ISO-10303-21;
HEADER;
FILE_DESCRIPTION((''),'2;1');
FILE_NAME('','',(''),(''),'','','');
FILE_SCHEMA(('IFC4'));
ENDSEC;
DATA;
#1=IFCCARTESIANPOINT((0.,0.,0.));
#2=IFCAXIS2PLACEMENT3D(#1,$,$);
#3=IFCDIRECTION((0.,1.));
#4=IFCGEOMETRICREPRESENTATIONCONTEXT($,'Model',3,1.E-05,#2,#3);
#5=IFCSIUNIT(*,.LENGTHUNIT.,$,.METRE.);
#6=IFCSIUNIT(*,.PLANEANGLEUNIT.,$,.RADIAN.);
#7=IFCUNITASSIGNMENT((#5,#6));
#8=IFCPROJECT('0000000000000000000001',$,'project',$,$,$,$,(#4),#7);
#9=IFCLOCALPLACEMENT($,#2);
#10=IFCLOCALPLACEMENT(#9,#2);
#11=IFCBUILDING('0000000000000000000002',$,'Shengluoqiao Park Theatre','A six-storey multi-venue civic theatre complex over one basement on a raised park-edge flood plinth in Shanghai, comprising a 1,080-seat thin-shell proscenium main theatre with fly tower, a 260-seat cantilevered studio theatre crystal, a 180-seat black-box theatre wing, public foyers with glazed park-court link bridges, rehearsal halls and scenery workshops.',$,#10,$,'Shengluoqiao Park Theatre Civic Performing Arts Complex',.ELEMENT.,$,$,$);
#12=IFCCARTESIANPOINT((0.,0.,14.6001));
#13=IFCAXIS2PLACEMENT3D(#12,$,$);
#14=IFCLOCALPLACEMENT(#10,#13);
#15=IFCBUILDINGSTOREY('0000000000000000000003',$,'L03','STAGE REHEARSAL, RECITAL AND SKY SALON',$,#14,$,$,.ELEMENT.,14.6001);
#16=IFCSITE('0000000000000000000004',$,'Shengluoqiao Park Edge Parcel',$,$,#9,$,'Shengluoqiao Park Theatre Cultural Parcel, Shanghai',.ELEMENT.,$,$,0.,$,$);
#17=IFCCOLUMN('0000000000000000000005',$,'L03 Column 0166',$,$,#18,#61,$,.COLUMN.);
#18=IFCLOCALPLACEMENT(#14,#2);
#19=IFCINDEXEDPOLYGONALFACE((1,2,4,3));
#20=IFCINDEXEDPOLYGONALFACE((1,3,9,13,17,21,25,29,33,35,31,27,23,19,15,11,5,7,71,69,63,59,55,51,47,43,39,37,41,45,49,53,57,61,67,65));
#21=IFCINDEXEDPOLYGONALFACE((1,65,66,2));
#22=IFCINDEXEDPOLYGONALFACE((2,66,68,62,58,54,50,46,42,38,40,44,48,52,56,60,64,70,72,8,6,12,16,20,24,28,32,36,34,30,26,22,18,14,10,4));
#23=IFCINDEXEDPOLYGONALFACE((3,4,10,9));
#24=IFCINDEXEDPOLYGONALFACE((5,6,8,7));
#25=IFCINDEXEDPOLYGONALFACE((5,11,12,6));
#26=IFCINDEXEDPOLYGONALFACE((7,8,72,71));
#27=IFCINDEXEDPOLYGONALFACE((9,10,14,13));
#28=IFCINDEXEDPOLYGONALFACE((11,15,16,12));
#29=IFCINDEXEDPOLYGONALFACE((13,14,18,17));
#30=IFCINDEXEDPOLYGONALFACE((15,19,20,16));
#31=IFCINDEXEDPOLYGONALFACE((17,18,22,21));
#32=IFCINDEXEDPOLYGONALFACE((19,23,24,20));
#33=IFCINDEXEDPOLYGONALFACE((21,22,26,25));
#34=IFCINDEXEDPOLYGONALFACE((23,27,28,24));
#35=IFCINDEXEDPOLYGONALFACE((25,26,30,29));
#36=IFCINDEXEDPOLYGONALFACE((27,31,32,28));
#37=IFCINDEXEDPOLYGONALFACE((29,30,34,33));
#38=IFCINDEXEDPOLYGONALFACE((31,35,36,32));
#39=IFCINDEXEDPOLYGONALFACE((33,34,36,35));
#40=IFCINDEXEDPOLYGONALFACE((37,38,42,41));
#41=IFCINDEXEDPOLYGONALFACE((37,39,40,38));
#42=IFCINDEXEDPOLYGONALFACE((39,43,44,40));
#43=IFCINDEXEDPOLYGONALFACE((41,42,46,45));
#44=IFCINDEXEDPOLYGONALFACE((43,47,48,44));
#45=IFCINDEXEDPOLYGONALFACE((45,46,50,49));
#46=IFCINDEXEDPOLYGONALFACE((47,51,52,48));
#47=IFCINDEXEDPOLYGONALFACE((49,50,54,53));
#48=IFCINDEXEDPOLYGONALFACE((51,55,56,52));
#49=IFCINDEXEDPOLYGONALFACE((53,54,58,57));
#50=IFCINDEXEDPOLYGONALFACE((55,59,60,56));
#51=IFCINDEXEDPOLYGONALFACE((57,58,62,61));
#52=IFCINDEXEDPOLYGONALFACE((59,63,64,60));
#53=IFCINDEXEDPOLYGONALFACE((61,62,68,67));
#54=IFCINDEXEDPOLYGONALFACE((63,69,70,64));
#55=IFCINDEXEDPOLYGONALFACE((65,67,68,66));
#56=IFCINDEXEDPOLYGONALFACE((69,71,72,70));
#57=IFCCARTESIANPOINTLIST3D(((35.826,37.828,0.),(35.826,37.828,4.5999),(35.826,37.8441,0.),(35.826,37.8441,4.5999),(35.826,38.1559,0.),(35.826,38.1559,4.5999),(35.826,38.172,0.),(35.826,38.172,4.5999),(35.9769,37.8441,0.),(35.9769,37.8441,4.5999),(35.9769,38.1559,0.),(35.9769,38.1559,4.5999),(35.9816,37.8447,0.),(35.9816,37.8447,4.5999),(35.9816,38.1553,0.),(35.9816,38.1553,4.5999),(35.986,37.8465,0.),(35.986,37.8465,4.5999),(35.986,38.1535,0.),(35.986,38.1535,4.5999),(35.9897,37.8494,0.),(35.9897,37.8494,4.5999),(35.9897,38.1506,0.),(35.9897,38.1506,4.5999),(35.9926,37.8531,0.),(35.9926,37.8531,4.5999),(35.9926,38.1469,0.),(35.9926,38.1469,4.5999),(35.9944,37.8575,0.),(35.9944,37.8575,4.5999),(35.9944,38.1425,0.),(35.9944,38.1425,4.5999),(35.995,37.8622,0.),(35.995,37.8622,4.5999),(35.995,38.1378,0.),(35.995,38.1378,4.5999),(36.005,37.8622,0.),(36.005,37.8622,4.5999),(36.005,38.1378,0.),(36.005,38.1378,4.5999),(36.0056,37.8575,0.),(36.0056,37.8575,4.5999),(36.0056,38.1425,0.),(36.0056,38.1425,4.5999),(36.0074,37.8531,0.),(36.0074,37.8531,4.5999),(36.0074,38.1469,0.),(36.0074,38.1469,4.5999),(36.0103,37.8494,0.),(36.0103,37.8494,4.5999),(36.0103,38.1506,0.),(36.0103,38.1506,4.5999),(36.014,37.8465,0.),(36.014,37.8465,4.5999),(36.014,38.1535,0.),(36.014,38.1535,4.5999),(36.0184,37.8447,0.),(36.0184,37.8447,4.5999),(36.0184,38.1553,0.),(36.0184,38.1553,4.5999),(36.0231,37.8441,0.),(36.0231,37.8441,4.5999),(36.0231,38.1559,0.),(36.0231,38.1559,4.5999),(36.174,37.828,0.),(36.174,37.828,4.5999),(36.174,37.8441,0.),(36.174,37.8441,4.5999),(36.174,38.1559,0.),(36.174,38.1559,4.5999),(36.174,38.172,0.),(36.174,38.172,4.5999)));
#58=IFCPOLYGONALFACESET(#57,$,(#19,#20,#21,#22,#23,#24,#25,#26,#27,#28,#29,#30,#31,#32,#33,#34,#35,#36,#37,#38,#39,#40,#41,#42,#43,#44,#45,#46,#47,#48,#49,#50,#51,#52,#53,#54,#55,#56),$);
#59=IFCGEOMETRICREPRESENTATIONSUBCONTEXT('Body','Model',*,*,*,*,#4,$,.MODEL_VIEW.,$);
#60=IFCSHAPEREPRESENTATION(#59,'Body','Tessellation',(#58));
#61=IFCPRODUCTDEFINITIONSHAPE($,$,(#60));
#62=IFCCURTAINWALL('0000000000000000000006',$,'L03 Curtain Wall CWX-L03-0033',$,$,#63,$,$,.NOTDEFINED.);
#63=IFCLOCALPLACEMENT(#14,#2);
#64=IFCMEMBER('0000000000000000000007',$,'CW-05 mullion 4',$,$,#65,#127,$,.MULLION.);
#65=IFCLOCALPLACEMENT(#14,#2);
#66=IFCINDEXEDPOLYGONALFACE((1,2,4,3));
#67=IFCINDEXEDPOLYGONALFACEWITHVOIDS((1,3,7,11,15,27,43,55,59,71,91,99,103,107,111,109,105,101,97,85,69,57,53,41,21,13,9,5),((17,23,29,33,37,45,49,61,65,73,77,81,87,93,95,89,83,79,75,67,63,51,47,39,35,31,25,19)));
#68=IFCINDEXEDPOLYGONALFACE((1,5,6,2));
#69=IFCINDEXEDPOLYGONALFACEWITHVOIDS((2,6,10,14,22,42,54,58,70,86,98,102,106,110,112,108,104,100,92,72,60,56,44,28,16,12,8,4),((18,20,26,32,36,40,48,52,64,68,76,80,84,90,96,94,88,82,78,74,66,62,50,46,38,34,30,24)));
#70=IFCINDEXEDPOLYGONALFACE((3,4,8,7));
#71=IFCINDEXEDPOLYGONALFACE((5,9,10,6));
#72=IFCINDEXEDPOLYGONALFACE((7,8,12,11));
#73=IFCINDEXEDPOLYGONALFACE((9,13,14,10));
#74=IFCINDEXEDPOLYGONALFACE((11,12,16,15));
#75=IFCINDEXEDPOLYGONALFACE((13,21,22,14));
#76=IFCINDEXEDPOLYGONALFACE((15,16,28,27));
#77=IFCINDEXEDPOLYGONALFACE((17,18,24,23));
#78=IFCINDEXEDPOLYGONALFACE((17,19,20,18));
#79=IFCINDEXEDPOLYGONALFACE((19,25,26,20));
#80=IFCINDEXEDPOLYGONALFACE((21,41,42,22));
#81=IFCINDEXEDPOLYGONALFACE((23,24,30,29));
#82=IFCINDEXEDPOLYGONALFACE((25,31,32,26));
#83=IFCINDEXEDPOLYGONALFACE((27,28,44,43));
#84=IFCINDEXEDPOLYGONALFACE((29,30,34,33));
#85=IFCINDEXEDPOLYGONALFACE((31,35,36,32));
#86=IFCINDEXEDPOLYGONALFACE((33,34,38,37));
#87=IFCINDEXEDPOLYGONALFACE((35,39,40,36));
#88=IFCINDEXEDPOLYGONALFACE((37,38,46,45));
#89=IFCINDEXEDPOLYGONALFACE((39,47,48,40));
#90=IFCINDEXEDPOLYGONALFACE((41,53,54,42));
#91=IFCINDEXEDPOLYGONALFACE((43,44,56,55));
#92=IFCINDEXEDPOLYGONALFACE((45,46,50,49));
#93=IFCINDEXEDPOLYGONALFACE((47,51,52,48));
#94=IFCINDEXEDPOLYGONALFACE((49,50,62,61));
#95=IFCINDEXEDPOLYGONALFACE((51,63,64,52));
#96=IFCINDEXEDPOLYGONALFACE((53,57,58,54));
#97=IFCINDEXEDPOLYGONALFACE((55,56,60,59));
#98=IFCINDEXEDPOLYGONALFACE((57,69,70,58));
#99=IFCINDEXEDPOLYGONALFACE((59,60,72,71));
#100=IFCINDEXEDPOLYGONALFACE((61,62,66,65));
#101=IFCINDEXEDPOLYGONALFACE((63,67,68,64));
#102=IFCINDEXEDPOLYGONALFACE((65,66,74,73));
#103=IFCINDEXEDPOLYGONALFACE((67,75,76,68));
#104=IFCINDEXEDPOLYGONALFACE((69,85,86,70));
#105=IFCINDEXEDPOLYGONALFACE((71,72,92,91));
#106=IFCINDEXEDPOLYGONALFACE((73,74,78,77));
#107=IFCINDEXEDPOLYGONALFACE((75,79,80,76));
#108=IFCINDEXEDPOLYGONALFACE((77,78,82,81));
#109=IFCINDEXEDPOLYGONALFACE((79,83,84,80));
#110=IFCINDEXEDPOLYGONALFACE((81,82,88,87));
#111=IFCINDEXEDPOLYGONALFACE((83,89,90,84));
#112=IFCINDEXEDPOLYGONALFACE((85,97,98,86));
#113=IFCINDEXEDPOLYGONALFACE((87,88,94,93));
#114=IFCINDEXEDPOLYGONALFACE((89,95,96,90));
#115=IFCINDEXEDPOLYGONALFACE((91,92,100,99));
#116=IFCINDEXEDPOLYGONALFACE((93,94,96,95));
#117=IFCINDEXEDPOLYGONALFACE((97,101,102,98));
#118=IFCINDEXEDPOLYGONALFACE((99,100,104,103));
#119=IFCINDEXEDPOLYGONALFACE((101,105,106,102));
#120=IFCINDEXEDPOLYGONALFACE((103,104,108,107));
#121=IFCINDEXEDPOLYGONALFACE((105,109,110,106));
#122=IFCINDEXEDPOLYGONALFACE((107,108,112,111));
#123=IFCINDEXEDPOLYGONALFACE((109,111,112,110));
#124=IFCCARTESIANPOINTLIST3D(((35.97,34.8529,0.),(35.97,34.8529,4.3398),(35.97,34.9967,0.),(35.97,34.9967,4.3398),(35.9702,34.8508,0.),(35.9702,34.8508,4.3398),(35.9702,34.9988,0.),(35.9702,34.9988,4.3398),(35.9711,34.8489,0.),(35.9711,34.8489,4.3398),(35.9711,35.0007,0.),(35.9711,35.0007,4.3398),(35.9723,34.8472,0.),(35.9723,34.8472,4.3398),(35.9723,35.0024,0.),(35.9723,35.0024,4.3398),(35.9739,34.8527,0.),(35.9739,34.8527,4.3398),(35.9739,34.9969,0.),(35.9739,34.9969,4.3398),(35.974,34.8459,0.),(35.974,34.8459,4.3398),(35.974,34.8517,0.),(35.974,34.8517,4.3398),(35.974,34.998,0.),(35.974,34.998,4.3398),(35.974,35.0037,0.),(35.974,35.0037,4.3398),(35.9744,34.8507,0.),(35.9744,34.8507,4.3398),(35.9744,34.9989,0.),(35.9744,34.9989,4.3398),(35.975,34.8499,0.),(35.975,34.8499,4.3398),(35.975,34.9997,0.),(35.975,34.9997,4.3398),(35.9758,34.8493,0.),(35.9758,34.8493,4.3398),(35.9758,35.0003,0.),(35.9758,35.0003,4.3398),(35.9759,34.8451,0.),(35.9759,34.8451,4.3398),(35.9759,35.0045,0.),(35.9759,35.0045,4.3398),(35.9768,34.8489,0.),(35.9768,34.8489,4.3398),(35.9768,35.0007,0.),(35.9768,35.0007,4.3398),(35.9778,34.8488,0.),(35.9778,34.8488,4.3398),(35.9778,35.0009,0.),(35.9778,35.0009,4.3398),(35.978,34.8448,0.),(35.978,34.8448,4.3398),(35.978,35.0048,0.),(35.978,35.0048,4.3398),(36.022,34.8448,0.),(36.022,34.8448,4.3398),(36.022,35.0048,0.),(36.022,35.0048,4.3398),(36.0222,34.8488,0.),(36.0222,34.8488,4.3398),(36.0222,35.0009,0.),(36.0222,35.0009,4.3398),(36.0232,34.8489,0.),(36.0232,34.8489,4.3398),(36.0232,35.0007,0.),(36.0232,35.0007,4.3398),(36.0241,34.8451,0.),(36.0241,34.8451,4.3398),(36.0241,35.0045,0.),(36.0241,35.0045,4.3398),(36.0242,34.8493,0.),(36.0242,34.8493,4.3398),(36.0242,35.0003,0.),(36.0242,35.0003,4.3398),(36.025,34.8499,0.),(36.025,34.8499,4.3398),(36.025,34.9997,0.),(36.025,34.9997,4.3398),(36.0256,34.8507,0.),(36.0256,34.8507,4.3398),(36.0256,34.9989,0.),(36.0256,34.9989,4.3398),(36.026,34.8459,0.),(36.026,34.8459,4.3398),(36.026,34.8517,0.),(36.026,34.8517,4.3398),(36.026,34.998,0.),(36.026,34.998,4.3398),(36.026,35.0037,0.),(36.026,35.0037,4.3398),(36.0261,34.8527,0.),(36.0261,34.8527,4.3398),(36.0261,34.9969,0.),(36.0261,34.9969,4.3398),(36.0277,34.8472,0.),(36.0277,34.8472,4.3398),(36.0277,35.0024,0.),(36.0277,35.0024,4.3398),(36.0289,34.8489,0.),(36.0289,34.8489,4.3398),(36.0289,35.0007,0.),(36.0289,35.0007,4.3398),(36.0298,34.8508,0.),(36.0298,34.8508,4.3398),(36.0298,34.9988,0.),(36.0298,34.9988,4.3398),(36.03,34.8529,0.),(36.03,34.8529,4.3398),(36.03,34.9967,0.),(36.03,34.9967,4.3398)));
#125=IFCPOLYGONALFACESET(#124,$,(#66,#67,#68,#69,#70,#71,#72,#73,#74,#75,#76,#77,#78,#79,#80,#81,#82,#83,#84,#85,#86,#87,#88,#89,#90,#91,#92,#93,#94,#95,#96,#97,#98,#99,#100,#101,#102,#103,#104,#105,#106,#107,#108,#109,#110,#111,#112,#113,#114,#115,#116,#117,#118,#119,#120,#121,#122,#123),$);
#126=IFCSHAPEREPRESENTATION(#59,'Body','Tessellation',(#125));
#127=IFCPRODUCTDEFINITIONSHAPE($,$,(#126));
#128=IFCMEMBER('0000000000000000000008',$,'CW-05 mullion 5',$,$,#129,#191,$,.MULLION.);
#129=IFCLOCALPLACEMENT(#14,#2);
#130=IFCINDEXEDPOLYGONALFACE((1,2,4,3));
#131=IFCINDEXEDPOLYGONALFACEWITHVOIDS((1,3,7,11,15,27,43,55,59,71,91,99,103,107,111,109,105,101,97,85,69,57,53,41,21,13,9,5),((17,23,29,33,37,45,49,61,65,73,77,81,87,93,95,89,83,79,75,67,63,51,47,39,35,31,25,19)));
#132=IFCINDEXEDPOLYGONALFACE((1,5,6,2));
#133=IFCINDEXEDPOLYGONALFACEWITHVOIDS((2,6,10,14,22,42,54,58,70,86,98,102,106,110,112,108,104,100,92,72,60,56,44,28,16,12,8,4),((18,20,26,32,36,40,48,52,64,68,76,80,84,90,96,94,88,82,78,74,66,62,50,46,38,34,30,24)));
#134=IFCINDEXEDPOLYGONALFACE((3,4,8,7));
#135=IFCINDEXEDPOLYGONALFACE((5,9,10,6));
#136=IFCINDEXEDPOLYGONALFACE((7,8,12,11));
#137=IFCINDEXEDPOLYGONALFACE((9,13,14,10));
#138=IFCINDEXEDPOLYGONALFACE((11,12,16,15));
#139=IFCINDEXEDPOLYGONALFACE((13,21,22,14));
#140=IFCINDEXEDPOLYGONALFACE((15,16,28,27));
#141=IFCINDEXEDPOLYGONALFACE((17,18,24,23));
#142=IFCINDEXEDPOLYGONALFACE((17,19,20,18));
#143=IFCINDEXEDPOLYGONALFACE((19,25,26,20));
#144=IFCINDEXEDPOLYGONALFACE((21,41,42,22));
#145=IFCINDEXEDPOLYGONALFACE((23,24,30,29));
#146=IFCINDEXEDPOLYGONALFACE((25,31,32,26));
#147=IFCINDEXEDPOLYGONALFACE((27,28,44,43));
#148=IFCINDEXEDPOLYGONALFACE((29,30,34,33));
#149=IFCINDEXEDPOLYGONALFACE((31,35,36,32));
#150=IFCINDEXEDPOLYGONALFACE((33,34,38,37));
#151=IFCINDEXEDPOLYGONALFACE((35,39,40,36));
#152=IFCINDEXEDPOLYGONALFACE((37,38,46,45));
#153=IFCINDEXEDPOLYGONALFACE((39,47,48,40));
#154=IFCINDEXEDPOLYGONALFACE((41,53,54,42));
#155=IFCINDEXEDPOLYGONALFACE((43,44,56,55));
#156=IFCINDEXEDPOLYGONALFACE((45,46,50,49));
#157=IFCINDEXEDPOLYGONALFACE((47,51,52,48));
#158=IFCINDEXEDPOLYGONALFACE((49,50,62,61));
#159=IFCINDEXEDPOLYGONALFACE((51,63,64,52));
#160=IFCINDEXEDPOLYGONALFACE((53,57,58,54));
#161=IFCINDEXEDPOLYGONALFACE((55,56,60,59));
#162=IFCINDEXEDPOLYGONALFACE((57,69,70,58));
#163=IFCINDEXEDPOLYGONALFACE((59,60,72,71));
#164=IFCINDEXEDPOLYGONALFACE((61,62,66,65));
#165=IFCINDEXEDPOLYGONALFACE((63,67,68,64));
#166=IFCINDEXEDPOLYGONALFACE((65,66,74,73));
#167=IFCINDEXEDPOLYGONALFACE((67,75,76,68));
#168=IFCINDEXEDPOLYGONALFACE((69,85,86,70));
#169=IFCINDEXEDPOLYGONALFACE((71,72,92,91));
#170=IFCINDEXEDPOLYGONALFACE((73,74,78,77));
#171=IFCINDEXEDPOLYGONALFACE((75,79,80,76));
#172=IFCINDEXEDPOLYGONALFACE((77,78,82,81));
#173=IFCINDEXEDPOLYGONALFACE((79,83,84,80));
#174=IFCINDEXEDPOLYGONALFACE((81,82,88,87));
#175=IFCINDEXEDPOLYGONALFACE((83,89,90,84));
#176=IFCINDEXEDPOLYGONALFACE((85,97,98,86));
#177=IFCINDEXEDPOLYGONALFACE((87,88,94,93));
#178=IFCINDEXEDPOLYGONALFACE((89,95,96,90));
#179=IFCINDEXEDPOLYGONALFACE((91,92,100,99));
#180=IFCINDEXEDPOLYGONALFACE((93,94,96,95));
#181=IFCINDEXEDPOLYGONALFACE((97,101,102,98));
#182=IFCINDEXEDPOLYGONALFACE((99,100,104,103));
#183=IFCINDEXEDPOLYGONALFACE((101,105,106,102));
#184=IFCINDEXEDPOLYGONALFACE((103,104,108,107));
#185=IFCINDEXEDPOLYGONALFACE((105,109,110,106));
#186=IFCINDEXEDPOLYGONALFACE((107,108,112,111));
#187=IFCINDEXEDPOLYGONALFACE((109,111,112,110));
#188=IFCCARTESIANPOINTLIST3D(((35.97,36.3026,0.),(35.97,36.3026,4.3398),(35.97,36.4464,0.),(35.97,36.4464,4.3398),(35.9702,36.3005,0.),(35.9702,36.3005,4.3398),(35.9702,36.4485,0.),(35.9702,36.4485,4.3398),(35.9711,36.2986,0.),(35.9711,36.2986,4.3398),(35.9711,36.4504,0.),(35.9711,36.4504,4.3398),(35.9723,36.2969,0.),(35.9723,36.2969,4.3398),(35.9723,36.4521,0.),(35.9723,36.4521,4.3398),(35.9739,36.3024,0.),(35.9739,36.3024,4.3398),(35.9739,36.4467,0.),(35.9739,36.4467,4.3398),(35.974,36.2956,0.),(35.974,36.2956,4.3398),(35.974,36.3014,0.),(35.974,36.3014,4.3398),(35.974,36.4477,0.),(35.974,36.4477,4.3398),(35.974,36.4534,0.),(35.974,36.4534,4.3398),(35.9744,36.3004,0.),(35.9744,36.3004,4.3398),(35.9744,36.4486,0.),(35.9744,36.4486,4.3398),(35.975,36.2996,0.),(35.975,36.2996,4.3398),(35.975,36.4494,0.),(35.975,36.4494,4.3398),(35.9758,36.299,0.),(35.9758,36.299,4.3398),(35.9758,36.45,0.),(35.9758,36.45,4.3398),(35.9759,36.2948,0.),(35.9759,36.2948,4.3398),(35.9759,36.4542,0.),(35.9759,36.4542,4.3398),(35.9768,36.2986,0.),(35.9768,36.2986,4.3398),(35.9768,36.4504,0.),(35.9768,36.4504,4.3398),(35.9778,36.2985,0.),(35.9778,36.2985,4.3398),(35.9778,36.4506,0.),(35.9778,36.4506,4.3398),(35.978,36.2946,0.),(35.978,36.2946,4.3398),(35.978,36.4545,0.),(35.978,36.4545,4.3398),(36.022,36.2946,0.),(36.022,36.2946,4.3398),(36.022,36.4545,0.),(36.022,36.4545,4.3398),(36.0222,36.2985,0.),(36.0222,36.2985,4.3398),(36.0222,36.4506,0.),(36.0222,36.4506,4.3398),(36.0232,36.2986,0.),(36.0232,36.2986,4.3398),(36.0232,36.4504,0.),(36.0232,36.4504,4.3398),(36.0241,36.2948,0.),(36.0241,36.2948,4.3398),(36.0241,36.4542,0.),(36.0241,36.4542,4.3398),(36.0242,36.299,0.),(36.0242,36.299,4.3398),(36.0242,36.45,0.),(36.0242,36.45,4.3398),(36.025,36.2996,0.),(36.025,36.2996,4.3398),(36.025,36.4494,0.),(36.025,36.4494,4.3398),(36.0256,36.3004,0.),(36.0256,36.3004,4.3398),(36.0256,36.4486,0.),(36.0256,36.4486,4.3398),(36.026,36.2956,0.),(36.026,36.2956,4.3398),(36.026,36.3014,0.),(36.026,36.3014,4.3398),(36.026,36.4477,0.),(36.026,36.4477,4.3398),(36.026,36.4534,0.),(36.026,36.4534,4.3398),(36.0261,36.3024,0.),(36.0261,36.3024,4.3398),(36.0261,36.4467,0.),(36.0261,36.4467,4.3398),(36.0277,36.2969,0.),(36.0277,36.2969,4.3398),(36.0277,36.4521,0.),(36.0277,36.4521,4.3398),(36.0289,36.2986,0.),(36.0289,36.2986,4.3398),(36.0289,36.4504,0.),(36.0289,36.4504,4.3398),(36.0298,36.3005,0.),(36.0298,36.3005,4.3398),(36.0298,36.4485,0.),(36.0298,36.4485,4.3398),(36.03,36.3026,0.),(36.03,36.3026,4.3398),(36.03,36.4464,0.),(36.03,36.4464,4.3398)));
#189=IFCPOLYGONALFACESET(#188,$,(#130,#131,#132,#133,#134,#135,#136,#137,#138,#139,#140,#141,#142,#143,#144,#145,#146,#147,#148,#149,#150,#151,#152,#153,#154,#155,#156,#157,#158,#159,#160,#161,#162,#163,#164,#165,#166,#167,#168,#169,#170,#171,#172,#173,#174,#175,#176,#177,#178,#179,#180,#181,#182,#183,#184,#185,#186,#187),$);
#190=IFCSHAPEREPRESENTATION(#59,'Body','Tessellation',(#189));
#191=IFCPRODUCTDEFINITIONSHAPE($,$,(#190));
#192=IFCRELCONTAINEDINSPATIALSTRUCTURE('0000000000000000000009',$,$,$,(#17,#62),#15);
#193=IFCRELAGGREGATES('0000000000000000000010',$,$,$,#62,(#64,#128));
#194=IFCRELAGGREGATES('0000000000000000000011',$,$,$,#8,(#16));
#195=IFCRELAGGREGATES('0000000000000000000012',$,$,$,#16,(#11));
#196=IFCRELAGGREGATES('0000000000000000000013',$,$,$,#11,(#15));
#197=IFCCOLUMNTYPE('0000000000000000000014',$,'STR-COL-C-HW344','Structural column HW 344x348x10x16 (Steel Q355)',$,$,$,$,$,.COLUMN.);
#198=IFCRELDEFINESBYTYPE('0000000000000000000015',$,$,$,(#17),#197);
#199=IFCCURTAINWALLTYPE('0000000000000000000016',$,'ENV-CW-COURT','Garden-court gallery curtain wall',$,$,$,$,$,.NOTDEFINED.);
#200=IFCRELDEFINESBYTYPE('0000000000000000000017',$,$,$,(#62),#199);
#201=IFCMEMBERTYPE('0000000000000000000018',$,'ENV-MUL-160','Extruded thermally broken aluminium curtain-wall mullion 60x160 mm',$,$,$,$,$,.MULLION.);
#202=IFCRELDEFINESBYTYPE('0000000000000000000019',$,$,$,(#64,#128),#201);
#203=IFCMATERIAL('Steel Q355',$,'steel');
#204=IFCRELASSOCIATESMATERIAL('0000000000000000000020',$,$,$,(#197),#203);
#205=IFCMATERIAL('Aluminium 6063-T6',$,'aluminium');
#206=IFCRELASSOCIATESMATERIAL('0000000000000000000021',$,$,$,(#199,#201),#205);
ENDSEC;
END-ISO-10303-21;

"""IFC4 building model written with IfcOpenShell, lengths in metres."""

from ifc_helpers import new_model, si_unit, direction, frame, origin, origin_2d, place, context, subcontext, project, spatial, hollow_rectangle, i_section, extrude, material, material_profile, profile_set, type_object, element, aggregate, save


model = new_model("IFC4")

# Units and contexts
model_context = context("Model", 3, precision=1e-05, world=origin(), true_north=direction((0.0, 1.0)))
body_context = subcontext(model_context, "Body", "Model", "MODEL_VIEW")
ifc_project = project(units=[si_unit("LENGTHUNIT", "METRE"), si_unit("PLANEANGLEUNIT", "RADIAN")], contexts=[model_context])

# Site, building, storey
site_placement = place(None, origin())
site = spatial("IfcSite", under=ifc_project, at=site_placement, Name="Shengluoqiao Park Edge Parcel", LongName="Shengluoqiao Park Theatre Cultural Parcel, Shanghai", CompositionType="ELEMENT", RefElevation=0.0)
building_placement = place(site_placement, origin())
building = spatial("IfcBuilding", under=site, at=building_placement, Name="Shengluoqiao Park Theatre", Description="A six-storey multi-venue civic theatre complex over one basement on a raised park-edge flood plinth in Shanghai, comprising a 1,080-seat thin-shell proscenium main theatre with fly tower, a 260-seat cantilevered studio theatre crystal, a 180-seat black-box theatre wing, public foyers with glazed park-court link bridges, rehearsal halls and scenery workshops.", LongName="Shengluoqiao Park Theatre Civic Performing Arts Complex", CompositionType="ELEMENT")
storey_placement = place(building_placement, frame((0.0, 0.0, 14.6001)))
storey = spatial("IfcBuildingStorey", under=building, at=storey_placement, Name="L03", Description="STAGE REHEARSAL, RECITAL AND SKY SALON", CompositionType="ELEMENT", Elevation=14.6001)

# Column
ifc_material_1 = material(Name="Steel Q355", Category="steel")
ifc_material_profile_1 = material_profile(ifc_material_1, i_section(OverallWidth=0.3479, OverallDepth=0.344, WebThickness=0.01, FlangeThickness=0.0161, FilletRadius=0.0181, at=origin_2d()), Name="HW 344x348x10x16")
ifc_profile_set_1 = profile_set([ifc_material_profile_1], Name="Steel Q355")
column_type = type_object("IfcColumnType", Name="STR-COL-C-HW344", Description="Structural column HW 344x348x10x16 (Steel Q355)", PredefinedType="COLUMN", material=ifc_profile_set_1)
column_placement = place(storey_placement, frame((36.0, 38.0, 0.0), z_axis=(0.0, 0.0, 1.0), x_axis=(1.0, 0.0, 0.0)))
element("IfcColumn", 1, at=column_placement, inside=storey, type_object=column_type, Name="L03 Column 0166", PredefinedType="COLUMN", context=body_context, shape_type="SweptSolid", body=[
    extrude(i_section(OverallWidth=0.3479, OverallDepth=0.344, WebThickness=0.01, FlangeThickness=0.0161, FilletRadius=0.0181, at=origin_2d()), origin(), (0.0, 0.0, 1.0), 4.5999),
])

# Curtain wall, members
ifc_material_2 = material(Name="Aluminium 6063-T6", Category="aluminium")
curtain_wall_type = type_object("IfcCurtainWallType", Name="ENV-CW-COURT", Description="Garden-court gallery curtain wall", PredefinedType="NOTDEFINED", material=ifc_material_2)
curtain_wall_1_placement = place(storey_placement, origin())
curtain_wall_1 = element("IfcCurtainWall", 2, at=curtain_wall_1_placement, inside=storey, type_object=curtain_wall_type, Name="L03 Curtain Wall CWX-L03-0033", PredefinedType="NOTDEFINED")
ifc_material_profile_2 = material_profile(ifc_material_2, hollow_rectangle(XDim=0.0601, YDim=0.1599, WallThickness=0.0039, InnerFilletRadius=0.0039, OuterFilletRadius=0.0081, at=origin_2d()), Name="ALU MULLION 160x60x4")
ifc_profile_set_2 = profile_set([ifc_material_profile_2], Name="Aluminium 6063-T6")
member_type_1 = type_object("IfcMemberType", Name="ENV-MUL-160", Description="Extruded thermally broken aluminium curtain-wall mullion 60x160 mm", PredefinedType="MULLION", material=ifc_profile_set_2)
member_1_placement = place(storey_placement, frame((36.0, 34.9248, 0.0), z_axis=(0.0, 0.0, 1.0), x_axis=(-1.0, 0.0, 0.0)))
member_1 = element("IfcMember", 3, at=member_1_placement, type_object=member_type_1, Name="CW-05 mullion 4", PredefinedType="MULLION", context=body_context, shape_type="SweptSolid", body=[
    extrude(hollow_rectangle(XDim=0.0601, YDim=0.1599, WallThickness=0.0039, InnerFilletRadius=0.0039, OuterFilletRadius=0.0081, at=origin_2d()), origin(), (0.0, 0.0, 1.0), 4.3398),
])
member_2_placement = place(storey_placement, frame((36.0, 36.3745, 0.0), z_axis=(0.0, 0.0, 1.0), x_axis=(-1.0, 0.0, 0.0)))
member_2 = element("IfcMember", 4, at=member_2_placement, type_object=member_type_1, Name="CW-05 mullion 5", PredefinedType="MULLION", context=body_context, shape_type="SweptSolid", body=[
    extrude(hollow_rectangle(XDim=0.0601, YDim=0.1599, WallThickness=0.0039, InnerFilletRadius=0.0039, OuterFilletRadius=0.0081, at=origin_2d()), origin(), (0.0, 0.0, 1.0), 4.3398),
])

aggregate(curtain_wall_1, [member_1, member_2])

save(model, "model.ifc")
